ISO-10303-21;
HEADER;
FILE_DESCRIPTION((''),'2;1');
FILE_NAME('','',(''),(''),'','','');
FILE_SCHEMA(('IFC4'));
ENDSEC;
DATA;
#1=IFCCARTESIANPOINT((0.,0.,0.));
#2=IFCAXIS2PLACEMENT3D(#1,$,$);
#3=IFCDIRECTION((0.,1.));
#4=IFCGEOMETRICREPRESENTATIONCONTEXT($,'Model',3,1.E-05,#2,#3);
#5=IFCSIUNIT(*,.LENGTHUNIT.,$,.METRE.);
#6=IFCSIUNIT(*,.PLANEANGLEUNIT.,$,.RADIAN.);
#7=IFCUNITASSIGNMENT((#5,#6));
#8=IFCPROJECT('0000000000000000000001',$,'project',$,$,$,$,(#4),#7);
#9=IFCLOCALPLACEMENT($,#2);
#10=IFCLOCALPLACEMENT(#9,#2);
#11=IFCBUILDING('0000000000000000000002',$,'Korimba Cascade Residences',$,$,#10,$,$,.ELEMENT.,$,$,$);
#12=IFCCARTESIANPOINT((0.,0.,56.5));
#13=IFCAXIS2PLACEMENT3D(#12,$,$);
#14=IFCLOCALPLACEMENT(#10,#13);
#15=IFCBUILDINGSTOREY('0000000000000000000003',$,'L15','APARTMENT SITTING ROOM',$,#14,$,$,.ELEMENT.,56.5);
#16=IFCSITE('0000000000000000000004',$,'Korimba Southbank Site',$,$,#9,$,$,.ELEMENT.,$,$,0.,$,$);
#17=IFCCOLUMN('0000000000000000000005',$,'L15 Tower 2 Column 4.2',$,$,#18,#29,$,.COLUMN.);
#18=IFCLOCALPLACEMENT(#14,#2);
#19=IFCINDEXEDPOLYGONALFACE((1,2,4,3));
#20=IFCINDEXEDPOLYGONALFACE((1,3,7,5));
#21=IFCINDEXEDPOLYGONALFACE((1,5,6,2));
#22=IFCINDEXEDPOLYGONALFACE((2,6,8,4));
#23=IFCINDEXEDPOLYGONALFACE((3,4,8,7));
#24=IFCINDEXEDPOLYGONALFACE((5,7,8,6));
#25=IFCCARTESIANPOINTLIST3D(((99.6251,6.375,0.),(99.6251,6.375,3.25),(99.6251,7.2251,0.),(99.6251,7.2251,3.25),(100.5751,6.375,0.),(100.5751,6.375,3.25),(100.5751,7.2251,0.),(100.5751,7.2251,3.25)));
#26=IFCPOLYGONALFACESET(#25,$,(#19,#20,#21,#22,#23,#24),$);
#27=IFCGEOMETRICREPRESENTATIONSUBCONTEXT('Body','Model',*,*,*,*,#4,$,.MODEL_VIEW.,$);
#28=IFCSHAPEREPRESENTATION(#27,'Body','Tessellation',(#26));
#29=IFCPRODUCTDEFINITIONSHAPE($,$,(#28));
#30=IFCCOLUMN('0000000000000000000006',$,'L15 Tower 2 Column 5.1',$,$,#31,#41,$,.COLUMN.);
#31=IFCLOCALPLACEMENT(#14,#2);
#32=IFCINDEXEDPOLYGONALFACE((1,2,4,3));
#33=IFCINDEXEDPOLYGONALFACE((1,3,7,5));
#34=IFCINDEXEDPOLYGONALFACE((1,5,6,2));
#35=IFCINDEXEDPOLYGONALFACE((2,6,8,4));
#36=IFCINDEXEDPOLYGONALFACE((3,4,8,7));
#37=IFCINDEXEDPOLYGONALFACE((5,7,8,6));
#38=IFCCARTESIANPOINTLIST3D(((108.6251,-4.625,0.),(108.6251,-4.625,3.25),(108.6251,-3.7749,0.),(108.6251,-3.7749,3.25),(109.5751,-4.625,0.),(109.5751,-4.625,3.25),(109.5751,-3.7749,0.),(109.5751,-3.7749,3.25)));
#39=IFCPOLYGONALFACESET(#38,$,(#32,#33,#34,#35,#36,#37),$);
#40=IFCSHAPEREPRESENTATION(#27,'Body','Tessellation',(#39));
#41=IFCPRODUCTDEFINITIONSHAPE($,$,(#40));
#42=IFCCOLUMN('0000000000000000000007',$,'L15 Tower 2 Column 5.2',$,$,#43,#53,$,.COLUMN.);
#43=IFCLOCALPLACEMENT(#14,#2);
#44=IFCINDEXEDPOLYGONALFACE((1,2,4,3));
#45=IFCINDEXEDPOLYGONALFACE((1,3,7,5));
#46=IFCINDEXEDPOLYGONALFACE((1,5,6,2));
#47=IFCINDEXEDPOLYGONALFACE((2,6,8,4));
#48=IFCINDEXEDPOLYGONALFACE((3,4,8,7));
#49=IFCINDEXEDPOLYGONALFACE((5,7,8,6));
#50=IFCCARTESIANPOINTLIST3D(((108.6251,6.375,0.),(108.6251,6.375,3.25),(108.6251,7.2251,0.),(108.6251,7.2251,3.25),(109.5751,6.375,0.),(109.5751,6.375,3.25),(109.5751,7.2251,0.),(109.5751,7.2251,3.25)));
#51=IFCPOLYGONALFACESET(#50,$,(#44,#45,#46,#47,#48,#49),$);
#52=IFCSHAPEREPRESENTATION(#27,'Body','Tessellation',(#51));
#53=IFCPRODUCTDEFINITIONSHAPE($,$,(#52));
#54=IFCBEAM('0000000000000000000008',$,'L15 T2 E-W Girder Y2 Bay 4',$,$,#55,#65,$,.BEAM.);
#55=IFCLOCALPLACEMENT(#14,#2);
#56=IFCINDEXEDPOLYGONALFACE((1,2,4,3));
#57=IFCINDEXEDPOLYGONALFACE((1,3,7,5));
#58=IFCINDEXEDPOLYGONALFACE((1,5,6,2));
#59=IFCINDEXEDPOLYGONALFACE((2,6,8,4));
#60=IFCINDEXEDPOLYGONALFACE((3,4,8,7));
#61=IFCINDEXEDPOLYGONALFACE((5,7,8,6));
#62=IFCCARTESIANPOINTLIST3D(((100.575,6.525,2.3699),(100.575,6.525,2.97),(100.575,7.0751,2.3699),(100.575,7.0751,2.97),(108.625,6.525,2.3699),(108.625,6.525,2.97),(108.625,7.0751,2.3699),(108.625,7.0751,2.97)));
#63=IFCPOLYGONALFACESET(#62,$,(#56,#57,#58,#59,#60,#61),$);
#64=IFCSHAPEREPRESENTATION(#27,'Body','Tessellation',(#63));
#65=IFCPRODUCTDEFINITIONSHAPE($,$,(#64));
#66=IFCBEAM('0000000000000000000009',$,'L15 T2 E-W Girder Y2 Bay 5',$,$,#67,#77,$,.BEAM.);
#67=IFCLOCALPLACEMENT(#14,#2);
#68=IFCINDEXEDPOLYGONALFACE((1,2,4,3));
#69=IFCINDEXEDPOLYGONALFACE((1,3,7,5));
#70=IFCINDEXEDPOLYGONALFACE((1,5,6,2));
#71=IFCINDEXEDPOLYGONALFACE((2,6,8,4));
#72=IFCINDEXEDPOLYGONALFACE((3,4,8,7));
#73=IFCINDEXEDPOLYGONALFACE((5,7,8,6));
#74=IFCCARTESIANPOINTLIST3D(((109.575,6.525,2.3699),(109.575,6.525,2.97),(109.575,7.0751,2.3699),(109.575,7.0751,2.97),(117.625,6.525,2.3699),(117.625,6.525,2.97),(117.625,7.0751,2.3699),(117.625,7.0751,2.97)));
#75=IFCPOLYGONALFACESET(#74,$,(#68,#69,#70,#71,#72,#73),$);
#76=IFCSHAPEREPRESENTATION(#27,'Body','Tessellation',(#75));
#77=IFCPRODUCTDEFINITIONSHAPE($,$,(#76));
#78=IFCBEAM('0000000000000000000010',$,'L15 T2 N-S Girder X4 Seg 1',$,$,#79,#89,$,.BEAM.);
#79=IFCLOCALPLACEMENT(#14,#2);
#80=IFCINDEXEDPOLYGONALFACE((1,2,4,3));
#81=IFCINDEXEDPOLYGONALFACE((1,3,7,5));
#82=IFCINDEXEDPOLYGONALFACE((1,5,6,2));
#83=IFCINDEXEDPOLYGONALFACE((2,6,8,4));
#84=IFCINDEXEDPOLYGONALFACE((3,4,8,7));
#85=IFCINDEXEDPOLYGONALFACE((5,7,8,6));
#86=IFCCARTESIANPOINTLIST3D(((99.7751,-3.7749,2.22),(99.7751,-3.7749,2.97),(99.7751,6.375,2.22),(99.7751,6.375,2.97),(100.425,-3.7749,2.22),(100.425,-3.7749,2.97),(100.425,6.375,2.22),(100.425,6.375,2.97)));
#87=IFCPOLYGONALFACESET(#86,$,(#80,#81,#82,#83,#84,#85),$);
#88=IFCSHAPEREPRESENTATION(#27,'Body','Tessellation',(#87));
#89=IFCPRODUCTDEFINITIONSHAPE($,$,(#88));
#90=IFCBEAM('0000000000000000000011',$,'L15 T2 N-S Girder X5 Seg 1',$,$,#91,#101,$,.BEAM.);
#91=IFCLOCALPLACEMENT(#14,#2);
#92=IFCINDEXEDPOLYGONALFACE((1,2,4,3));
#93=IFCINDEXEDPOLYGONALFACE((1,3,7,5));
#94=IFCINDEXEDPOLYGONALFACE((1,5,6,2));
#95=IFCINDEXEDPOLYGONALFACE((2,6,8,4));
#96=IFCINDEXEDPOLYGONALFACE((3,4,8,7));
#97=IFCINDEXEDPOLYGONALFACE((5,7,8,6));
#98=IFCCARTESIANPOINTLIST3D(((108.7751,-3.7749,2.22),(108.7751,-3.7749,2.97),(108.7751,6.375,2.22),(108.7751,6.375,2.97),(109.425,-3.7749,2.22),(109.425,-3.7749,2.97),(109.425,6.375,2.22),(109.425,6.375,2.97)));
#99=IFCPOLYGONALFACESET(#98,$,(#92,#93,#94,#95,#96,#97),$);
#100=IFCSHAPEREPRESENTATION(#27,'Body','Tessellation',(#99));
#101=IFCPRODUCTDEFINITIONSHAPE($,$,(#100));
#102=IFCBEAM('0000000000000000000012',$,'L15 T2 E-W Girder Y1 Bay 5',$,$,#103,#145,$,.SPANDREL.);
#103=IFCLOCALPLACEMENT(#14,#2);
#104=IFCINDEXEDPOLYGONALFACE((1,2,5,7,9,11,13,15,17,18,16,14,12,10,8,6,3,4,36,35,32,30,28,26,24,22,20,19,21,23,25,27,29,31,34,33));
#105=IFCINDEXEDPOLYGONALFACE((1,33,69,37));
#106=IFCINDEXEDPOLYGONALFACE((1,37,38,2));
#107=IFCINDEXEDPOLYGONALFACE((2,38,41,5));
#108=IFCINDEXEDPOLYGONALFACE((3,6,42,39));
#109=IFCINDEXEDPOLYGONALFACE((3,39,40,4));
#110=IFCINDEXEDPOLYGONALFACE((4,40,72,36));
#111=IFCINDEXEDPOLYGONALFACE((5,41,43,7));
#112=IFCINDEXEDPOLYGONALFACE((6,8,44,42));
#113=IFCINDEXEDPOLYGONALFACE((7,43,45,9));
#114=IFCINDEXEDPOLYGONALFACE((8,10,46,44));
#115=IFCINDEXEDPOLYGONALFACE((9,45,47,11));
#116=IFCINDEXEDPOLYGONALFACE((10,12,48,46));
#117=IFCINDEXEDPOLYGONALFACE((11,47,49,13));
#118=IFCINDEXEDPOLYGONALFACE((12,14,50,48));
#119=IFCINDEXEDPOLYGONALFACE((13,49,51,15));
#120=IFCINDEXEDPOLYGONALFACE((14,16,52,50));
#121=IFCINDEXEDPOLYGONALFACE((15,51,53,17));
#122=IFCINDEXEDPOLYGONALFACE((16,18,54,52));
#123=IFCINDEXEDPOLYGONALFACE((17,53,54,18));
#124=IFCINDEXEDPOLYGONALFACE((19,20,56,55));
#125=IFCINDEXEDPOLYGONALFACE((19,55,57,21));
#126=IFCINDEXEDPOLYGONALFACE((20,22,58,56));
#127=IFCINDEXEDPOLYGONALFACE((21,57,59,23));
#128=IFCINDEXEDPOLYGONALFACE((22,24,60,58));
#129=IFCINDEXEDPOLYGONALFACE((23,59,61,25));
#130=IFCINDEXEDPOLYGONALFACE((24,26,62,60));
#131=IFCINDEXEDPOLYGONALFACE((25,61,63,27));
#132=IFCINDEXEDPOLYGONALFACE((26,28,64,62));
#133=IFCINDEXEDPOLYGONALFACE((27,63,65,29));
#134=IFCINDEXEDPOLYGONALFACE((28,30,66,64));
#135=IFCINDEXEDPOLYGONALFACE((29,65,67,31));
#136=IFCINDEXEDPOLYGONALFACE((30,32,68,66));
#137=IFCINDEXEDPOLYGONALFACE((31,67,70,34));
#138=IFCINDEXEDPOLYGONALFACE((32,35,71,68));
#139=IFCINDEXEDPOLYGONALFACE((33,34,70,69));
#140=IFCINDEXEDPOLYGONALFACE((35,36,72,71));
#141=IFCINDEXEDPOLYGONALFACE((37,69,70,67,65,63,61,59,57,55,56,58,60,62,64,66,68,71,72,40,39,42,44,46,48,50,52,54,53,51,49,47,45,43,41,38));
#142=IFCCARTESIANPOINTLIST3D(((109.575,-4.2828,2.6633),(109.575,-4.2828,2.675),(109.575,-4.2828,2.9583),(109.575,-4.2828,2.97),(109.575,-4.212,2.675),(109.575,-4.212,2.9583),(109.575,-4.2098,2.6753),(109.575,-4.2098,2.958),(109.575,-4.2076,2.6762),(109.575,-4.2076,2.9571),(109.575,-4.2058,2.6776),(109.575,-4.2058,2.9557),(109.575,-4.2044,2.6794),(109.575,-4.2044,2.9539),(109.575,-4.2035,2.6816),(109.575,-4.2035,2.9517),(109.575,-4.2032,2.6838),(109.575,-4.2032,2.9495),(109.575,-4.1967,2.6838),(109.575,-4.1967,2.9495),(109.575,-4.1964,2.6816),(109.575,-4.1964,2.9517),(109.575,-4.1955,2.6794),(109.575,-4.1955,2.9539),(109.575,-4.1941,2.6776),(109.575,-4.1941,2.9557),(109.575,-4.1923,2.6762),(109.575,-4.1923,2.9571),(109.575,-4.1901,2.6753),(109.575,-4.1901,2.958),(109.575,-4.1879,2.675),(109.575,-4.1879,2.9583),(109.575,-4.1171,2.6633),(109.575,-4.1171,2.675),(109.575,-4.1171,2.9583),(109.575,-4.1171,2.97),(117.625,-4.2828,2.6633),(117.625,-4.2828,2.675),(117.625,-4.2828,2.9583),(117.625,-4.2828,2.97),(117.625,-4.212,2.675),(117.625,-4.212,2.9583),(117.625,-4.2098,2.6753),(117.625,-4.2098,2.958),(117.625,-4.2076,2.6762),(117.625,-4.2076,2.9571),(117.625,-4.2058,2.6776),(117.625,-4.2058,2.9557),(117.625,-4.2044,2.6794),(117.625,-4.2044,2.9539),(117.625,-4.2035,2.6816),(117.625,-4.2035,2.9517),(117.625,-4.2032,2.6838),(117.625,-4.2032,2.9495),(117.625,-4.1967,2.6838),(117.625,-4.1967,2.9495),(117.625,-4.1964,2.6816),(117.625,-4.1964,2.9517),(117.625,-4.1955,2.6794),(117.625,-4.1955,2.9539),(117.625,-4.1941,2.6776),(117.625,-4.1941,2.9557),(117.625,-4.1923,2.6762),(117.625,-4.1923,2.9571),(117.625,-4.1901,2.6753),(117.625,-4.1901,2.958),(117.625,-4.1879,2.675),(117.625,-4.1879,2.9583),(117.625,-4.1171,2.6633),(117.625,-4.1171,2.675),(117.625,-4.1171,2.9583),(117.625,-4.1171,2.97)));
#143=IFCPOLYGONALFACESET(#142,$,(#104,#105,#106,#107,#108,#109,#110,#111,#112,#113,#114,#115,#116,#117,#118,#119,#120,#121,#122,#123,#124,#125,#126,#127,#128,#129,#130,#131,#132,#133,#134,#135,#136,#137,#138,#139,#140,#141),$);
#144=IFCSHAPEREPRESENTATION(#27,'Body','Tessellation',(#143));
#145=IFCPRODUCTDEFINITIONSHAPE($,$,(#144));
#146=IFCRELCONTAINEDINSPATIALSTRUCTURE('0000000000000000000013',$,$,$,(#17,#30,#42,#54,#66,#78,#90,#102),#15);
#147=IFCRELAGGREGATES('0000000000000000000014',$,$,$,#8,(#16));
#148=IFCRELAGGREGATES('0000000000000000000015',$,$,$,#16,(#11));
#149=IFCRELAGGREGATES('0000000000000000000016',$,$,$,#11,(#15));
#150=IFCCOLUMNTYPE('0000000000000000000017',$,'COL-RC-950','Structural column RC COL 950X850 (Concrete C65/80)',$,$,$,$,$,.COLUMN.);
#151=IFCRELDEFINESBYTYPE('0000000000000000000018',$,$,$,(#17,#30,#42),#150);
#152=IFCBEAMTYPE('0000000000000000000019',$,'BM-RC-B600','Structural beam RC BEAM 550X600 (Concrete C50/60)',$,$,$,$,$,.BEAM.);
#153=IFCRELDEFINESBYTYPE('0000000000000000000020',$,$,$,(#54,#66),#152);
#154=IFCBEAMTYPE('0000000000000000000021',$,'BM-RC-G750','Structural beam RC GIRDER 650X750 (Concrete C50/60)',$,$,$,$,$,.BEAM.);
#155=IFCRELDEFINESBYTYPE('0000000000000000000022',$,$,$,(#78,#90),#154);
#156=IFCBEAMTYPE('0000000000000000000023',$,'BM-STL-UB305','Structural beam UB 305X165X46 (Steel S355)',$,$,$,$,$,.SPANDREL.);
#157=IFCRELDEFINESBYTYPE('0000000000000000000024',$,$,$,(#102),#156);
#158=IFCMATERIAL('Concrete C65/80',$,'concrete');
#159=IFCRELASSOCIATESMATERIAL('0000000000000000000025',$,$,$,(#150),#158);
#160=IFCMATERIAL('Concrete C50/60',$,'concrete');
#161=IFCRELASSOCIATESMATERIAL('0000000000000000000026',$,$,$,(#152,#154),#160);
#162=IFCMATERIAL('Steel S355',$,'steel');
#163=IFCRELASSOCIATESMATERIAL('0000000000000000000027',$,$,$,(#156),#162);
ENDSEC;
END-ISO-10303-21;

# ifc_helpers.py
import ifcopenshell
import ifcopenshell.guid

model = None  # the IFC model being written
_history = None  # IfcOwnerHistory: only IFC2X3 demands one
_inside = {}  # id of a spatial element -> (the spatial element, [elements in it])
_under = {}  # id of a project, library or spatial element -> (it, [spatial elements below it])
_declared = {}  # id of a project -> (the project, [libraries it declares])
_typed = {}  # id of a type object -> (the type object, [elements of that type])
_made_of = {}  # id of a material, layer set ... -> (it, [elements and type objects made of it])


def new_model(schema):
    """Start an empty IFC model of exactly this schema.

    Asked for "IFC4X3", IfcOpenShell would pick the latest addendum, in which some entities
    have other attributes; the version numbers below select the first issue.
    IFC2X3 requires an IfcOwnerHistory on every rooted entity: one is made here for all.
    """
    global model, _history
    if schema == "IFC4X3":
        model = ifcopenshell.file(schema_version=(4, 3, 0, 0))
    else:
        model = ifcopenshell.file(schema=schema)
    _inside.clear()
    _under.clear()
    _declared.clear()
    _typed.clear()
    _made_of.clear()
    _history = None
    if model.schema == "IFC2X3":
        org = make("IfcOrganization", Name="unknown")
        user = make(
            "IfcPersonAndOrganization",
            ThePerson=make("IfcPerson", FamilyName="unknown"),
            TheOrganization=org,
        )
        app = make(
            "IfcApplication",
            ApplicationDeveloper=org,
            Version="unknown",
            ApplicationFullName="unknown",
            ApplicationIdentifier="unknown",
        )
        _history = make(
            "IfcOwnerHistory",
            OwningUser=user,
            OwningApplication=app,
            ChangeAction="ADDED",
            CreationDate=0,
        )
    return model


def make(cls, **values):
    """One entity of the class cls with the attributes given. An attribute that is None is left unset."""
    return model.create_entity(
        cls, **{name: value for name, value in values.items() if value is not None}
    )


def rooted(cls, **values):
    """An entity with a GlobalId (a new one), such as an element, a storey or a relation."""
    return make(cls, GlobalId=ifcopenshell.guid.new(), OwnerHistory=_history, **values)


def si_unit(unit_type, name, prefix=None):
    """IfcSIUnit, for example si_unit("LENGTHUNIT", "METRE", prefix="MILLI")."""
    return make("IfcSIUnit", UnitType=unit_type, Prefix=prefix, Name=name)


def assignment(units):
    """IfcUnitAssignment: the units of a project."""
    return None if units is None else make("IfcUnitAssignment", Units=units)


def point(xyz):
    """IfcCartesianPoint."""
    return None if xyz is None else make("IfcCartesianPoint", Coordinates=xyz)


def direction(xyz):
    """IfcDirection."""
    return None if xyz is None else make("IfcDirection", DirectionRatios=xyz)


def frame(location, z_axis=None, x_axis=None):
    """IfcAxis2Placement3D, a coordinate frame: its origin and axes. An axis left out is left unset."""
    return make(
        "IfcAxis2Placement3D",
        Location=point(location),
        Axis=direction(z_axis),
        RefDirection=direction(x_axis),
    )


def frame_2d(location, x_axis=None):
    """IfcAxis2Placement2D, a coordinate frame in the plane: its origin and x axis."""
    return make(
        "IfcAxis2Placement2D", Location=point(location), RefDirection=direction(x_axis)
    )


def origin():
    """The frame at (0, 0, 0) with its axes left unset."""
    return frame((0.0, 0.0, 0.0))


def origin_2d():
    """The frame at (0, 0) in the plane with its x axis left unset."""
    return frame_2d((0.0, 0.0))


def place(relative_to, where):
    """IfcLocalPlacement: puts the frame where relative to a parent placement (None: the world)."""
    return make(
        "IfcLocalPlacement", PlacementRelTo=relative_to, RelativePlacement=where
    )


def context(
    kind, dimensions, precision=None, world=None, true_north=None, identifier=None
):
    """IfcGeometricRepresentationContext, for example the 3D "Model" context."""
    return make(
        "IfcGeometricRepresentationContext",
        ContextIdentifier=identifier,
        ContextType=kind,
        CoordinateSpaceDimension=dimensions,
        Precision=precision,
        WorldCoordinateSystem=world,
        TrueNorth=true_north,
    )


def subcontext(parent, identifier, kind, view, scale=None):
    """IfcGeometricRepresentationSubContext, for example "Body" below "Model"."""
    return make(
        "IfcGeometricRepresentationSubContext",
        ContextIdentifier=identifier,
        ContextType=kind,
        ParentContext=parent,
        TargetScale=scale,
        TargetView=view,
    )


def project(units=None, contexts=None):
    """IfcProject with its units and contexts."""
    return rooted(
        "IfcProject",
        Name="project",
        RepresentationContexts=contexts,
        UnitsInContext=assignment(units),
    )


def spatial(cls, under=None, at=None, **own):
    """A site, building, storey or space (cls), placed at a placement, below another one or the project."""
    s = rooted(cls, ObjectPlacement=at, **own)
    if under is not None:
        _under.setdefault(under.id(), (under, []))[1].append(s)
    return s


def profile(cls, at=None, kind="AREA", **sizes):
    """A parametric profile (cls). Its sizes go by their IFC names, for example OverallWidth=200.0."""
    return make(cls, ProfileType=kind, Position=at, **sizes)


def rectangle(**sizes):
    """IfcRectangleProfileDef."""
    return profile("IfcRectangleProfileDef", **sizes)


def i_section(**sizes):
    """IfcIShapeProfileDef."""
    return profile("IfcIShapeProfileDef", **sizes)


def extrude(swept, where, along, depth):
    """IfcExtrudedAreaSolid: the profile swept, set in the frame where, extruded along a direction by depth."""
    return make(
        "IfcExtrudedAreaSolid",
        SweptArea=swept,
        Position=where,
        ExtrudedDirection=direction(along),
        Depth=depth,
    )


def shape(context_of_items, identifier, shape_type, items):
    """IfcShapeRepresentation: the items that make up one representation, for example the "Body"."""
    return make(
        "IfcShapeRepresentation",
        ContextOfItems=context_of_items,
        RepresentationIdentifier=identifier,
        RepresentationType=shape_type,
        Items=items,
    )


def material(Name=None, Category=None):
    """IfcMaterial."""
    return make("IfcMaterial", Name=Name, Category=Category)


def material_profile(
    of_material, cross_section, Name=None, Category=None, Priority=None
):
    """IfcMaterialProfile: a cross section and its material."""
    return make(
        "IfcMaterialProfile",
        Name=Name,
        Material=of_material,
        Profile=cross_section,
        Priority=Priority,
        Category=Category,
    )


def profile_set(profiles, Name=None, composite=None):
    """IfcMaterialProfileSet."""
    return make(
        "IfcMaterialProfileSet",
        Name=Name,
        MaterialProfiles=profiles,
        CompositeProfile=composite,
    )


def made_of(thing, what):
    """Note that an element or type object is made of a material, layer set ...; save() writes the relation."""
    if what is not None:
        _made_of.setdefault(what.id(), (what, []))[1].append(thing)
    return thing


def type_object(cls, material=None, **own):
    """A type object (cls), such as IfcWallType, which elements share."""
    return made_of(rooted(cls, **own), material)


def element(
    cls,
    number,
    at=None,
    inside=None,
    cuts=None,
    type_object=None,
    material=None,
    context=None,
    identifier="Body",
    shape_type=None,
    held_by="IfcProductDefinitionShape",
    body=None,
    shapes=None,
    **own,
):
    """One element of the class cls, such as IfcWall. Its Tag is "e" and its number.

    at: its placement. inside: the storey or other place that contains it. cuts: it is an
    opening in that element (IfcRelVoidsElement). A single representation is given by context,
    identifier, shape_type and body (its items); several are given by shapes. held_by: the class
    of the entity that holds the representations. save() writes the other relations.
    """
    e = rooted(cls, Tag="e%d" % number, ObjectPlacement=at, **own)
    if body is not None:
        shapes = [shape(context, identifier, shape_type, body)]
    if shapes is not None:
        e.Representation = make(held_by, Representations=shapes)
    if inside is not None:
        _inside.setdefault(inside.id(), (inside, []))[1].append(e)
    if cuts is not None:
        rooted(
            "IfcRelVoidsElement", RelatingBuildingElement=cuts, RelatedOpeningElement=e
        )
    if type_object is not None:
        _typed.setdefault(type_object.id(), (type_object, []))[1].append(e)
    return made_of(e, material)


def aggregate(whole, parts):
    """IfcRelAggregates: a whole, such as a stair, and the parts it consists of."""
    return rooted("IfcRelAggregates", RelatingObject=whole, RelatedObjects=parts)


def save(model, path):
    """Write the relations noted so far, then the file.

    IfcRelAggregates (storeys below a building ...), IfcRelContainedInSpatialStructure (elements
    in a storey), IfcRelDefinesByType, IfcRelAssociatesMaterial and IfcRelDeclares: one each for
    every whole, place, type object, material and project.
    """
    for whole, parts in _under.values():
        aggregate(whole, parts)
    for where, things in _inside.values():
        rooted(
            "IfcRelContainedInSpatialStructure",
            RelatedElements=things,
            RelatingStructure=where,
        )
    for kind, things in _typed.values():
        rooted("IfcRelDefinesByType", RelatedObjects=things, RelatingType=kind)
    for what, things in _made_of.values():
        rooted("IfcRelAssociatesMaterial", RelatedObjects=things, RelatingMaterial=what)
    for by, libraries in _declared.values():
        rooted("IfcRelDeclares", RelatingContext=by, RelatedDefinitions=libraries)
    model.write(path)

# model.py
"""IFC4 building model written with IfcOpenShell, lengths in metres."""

from ifc_helpers import new_model, si_unit, direction, frame, origin, origin_2d, place, context, subcontext, project, spatial, rectangle, i_section, extrude, material, material_profile, profile_set, type_object, element, save


model = new_model("IFC4")

# Units and contexts
model_context = context("Model", 3, precision=1e-05, world=origin(), true_north=direction((0.0, 1.0)))
body_context = subcontext(model_context, "Body", "Model", "MODEL_VIEW")
ifc_project = project(units=[si_unit("LENGTHUNIT", "METRE"), si_unit("PLANEANGLEUNIT", "RADIAN")], contexts=[model_context])

# Site, building, storey
site_placement = place(None, origin())
site = spatial("IfcSite", under=ifc_project, at=site_placement, Name="Korimba Southbank Site", CompositionType="ELEMENT", RefElevation=0.0)
building_placement = place(site_placement, origin())
building = spatial("IfcBuilding", under=site, at=building_placement, Name="Korimba Cascade Residences", CompositionType="ELEMENT")
storey_placement = place(building_placement, frame((0.0, 0.0, 56.5)))
storey = spatial("IfcBuildingStorey", under=building, at=storey_placement, Name="L15", Description="APARTMENT SITTING ROOM", CompositionType="ELEMENT", Elevation=56.5)

# Columns
ifc_material_1 = material(Name="Concrete C65/80", Category="concrete")
ifc_material_profile_1 = material_profile(ifc_material_1, rectangle(XDim=0.95, YDim=0.8501, at=origin_2d()), Name="Concrete C65/80")
ifc_profile_set_1 = profile_set([ifc_material_profile_1], Name="Concrete C65/80")
column_type = type_object("IfcColumnType", Name="COL-RC-950", Description="Structural column RC COL 950X850 (Concrete C65/80)", PredefinedType="COLUMN", material=ifc_profile_set_1)
for number, where, z_axis, x_axis, name in (
    (1, (100.1001, 6.8, 0.0), (0.0, 0.0, 1.0), (1.0, 0.0, 0.0), "L15 Tower 2 Column 4.2"),
    (2, (109.1001, -4.2, 0.0), (0.0, 0.0, 1.0), (1.0, 0.0, 0.0), "L15 Tower 2 Column 5.1"),
    (3, (109.1001, 6.8, 0.0), (0.0, 0.0, 1.0), (1.0, 0.0, 0.0), "L15 Tower 2 Column 5.2"),
):
    element("IfcColumn", number, at=place(storey_placement, frame(where, z_axis=z_axis, x_axis=x_axis)), inside=storey, type_object=column_type, Name=name, PredefinedType="COLUMN", context=body_context, shape_type="SweptSolid", body=[
        extrude(rectangle(XDim=0.95, YDim=0.8501, at=origin_2d()), origin(), (0.0, 0.0, 1.0), 3.25),
    ])

# Beams
ifc_material_2 = material(Name="Concrete C50/60", Category="concrete")
ifc_material_profile_2 = material_profile(ifc_material_2, rectangle(XDim=0.55, YDim=0.6001, at=origin_2d()), Name="Concrete C50/60")
ifc_profile_set_2 = profile_set([ifc_material_profile_2], Name="Concrete C50/60")
beam_type_1 = type_object("IfcBeamType", Name="BM-RC-B600", Description="Structural beam RC BEAM 550X600 (Concrete C50/60)", PredefinedType="BEAM", material=ifc_profile_set_2)
for number, where, z_axis, x_axis, name in (
    (4, (100.575, 6.8, 2.6699), (1.0, 0.0, 0.0), (0.0, 1.0, 0.0), "L15 T2 E-W Girder Y2 Bay 4"),
    (5, (109.575, 6.8, 2.6699), (1.0, 0.0, 0.0), (0.0, 1.0, 0.0), "L15 T2 E-W Girder Y2 Bay 5"),
):
    element("IfcBeam", number, at=place(storey_placement, frame(where, z_axis=z_axis, x_axis=x_axis)), inside=storey, type_object=beam_type_1, Name=name, PredefinedType="BEAM", context=body_context, shape_type="SweptSolid", body=[
        extrude(rectangle(XDim=0.55, YDim=0.6001, at=origin_2d()), origin(), (0.0, 0.0, 1.0), 8.05),
    ])
ifc_material_profile_3 = material_profile(ifc_material_2, rectangle(XDim=0.6499, YDim=0.75, at=origin_2d()), Name="Concrete C50/60")
ifc_profile_set_3 = profile_set([ifc_material_profile_3], Name="Concrete C50/60")
beam_type_2 = type_object("IfcBeamType", Name="BM-RC-G750", Description="Structural beam RC GIRDER 650X750 (Concrete C50/60)", PredefinedType="BEAM", material=ifc_profile_set_3)
for number, where, z_axis, x_axis, name in (
    (6, (100.1001, -3.7749, 2.595), (0.0, 1.0, 0.0), (-1.0, 0.0, 0.0), "L15 T2 N-S Girder X4 Seg 1"),
    (7, (109.1001, -3.7749, 2.595), (0.0, 1.0, 0.0), (-1.0, 0.0, 0.0), "L15 T2 N-S Girder X5 Seg 1"),
):
    element("IfcBeam", number, at=place(storey_placement, frame(where, z_axis=z_axis, x_axis=x_axis)), inside=storey, type_object=beam_type_2, Name=name, PredefinedType="BEAM", context=body_context, shape_type="SweptSolid", body=[
        extrude(rectangle(XDim=0.6499, YDim=0.75, at=origin_2d()), origin(), (0.0, 0.0, 1.0), 10.1499),
    ])
ifc_material_3 = material(Name="Steel S355", Category="steel")
ifc_material_profile_4 = material_profile(ifc_material_3, i_section(OverallWidth=0.1658, OverallDepth=0.3066, WebThickness=0.0066, FlangeThickness=0.0117, FilletRadius=0.0088, at=origin_2d()), Name="Steel S355")
ifc_profile_set_4 = profile_set([ifc_material_profile_4], Name="Steel S355")
beam_type_3 = type_object("IfcBeamType", Name="BM-STL-UB305", Description="Structural beam UB 305X165X46 (Steel S355)", PredefinedType="SPANDREL", material=ifc_profile_set_4)
beam_placement = place(storey_placement, frame((109.575, -4.2, 2.8167), z_axis=(1.0, 0.0, 0.0), x_axis=(0.0, 1.0, 0.0)))
element("IfcBeam", 8, at=beam_placement, inside=storey, type_object=beam_type_3, Name="L15 T2 E-W Girder Y1 Bay 5", PredefinedType="SPANDREL", context=body_context, shape_type="SweptSolid", body=[
    extrude(i_section(OverallWidth=0.1658, OverallDepth=0.3066, WebThickness=0.0066, FlangeThickness=0.0117, FilletRadius=0.0088, at=origin_2d()), origin(), (0.0, 0.0, 1.0), 8.05),
])

save(model, "model.ifc")
